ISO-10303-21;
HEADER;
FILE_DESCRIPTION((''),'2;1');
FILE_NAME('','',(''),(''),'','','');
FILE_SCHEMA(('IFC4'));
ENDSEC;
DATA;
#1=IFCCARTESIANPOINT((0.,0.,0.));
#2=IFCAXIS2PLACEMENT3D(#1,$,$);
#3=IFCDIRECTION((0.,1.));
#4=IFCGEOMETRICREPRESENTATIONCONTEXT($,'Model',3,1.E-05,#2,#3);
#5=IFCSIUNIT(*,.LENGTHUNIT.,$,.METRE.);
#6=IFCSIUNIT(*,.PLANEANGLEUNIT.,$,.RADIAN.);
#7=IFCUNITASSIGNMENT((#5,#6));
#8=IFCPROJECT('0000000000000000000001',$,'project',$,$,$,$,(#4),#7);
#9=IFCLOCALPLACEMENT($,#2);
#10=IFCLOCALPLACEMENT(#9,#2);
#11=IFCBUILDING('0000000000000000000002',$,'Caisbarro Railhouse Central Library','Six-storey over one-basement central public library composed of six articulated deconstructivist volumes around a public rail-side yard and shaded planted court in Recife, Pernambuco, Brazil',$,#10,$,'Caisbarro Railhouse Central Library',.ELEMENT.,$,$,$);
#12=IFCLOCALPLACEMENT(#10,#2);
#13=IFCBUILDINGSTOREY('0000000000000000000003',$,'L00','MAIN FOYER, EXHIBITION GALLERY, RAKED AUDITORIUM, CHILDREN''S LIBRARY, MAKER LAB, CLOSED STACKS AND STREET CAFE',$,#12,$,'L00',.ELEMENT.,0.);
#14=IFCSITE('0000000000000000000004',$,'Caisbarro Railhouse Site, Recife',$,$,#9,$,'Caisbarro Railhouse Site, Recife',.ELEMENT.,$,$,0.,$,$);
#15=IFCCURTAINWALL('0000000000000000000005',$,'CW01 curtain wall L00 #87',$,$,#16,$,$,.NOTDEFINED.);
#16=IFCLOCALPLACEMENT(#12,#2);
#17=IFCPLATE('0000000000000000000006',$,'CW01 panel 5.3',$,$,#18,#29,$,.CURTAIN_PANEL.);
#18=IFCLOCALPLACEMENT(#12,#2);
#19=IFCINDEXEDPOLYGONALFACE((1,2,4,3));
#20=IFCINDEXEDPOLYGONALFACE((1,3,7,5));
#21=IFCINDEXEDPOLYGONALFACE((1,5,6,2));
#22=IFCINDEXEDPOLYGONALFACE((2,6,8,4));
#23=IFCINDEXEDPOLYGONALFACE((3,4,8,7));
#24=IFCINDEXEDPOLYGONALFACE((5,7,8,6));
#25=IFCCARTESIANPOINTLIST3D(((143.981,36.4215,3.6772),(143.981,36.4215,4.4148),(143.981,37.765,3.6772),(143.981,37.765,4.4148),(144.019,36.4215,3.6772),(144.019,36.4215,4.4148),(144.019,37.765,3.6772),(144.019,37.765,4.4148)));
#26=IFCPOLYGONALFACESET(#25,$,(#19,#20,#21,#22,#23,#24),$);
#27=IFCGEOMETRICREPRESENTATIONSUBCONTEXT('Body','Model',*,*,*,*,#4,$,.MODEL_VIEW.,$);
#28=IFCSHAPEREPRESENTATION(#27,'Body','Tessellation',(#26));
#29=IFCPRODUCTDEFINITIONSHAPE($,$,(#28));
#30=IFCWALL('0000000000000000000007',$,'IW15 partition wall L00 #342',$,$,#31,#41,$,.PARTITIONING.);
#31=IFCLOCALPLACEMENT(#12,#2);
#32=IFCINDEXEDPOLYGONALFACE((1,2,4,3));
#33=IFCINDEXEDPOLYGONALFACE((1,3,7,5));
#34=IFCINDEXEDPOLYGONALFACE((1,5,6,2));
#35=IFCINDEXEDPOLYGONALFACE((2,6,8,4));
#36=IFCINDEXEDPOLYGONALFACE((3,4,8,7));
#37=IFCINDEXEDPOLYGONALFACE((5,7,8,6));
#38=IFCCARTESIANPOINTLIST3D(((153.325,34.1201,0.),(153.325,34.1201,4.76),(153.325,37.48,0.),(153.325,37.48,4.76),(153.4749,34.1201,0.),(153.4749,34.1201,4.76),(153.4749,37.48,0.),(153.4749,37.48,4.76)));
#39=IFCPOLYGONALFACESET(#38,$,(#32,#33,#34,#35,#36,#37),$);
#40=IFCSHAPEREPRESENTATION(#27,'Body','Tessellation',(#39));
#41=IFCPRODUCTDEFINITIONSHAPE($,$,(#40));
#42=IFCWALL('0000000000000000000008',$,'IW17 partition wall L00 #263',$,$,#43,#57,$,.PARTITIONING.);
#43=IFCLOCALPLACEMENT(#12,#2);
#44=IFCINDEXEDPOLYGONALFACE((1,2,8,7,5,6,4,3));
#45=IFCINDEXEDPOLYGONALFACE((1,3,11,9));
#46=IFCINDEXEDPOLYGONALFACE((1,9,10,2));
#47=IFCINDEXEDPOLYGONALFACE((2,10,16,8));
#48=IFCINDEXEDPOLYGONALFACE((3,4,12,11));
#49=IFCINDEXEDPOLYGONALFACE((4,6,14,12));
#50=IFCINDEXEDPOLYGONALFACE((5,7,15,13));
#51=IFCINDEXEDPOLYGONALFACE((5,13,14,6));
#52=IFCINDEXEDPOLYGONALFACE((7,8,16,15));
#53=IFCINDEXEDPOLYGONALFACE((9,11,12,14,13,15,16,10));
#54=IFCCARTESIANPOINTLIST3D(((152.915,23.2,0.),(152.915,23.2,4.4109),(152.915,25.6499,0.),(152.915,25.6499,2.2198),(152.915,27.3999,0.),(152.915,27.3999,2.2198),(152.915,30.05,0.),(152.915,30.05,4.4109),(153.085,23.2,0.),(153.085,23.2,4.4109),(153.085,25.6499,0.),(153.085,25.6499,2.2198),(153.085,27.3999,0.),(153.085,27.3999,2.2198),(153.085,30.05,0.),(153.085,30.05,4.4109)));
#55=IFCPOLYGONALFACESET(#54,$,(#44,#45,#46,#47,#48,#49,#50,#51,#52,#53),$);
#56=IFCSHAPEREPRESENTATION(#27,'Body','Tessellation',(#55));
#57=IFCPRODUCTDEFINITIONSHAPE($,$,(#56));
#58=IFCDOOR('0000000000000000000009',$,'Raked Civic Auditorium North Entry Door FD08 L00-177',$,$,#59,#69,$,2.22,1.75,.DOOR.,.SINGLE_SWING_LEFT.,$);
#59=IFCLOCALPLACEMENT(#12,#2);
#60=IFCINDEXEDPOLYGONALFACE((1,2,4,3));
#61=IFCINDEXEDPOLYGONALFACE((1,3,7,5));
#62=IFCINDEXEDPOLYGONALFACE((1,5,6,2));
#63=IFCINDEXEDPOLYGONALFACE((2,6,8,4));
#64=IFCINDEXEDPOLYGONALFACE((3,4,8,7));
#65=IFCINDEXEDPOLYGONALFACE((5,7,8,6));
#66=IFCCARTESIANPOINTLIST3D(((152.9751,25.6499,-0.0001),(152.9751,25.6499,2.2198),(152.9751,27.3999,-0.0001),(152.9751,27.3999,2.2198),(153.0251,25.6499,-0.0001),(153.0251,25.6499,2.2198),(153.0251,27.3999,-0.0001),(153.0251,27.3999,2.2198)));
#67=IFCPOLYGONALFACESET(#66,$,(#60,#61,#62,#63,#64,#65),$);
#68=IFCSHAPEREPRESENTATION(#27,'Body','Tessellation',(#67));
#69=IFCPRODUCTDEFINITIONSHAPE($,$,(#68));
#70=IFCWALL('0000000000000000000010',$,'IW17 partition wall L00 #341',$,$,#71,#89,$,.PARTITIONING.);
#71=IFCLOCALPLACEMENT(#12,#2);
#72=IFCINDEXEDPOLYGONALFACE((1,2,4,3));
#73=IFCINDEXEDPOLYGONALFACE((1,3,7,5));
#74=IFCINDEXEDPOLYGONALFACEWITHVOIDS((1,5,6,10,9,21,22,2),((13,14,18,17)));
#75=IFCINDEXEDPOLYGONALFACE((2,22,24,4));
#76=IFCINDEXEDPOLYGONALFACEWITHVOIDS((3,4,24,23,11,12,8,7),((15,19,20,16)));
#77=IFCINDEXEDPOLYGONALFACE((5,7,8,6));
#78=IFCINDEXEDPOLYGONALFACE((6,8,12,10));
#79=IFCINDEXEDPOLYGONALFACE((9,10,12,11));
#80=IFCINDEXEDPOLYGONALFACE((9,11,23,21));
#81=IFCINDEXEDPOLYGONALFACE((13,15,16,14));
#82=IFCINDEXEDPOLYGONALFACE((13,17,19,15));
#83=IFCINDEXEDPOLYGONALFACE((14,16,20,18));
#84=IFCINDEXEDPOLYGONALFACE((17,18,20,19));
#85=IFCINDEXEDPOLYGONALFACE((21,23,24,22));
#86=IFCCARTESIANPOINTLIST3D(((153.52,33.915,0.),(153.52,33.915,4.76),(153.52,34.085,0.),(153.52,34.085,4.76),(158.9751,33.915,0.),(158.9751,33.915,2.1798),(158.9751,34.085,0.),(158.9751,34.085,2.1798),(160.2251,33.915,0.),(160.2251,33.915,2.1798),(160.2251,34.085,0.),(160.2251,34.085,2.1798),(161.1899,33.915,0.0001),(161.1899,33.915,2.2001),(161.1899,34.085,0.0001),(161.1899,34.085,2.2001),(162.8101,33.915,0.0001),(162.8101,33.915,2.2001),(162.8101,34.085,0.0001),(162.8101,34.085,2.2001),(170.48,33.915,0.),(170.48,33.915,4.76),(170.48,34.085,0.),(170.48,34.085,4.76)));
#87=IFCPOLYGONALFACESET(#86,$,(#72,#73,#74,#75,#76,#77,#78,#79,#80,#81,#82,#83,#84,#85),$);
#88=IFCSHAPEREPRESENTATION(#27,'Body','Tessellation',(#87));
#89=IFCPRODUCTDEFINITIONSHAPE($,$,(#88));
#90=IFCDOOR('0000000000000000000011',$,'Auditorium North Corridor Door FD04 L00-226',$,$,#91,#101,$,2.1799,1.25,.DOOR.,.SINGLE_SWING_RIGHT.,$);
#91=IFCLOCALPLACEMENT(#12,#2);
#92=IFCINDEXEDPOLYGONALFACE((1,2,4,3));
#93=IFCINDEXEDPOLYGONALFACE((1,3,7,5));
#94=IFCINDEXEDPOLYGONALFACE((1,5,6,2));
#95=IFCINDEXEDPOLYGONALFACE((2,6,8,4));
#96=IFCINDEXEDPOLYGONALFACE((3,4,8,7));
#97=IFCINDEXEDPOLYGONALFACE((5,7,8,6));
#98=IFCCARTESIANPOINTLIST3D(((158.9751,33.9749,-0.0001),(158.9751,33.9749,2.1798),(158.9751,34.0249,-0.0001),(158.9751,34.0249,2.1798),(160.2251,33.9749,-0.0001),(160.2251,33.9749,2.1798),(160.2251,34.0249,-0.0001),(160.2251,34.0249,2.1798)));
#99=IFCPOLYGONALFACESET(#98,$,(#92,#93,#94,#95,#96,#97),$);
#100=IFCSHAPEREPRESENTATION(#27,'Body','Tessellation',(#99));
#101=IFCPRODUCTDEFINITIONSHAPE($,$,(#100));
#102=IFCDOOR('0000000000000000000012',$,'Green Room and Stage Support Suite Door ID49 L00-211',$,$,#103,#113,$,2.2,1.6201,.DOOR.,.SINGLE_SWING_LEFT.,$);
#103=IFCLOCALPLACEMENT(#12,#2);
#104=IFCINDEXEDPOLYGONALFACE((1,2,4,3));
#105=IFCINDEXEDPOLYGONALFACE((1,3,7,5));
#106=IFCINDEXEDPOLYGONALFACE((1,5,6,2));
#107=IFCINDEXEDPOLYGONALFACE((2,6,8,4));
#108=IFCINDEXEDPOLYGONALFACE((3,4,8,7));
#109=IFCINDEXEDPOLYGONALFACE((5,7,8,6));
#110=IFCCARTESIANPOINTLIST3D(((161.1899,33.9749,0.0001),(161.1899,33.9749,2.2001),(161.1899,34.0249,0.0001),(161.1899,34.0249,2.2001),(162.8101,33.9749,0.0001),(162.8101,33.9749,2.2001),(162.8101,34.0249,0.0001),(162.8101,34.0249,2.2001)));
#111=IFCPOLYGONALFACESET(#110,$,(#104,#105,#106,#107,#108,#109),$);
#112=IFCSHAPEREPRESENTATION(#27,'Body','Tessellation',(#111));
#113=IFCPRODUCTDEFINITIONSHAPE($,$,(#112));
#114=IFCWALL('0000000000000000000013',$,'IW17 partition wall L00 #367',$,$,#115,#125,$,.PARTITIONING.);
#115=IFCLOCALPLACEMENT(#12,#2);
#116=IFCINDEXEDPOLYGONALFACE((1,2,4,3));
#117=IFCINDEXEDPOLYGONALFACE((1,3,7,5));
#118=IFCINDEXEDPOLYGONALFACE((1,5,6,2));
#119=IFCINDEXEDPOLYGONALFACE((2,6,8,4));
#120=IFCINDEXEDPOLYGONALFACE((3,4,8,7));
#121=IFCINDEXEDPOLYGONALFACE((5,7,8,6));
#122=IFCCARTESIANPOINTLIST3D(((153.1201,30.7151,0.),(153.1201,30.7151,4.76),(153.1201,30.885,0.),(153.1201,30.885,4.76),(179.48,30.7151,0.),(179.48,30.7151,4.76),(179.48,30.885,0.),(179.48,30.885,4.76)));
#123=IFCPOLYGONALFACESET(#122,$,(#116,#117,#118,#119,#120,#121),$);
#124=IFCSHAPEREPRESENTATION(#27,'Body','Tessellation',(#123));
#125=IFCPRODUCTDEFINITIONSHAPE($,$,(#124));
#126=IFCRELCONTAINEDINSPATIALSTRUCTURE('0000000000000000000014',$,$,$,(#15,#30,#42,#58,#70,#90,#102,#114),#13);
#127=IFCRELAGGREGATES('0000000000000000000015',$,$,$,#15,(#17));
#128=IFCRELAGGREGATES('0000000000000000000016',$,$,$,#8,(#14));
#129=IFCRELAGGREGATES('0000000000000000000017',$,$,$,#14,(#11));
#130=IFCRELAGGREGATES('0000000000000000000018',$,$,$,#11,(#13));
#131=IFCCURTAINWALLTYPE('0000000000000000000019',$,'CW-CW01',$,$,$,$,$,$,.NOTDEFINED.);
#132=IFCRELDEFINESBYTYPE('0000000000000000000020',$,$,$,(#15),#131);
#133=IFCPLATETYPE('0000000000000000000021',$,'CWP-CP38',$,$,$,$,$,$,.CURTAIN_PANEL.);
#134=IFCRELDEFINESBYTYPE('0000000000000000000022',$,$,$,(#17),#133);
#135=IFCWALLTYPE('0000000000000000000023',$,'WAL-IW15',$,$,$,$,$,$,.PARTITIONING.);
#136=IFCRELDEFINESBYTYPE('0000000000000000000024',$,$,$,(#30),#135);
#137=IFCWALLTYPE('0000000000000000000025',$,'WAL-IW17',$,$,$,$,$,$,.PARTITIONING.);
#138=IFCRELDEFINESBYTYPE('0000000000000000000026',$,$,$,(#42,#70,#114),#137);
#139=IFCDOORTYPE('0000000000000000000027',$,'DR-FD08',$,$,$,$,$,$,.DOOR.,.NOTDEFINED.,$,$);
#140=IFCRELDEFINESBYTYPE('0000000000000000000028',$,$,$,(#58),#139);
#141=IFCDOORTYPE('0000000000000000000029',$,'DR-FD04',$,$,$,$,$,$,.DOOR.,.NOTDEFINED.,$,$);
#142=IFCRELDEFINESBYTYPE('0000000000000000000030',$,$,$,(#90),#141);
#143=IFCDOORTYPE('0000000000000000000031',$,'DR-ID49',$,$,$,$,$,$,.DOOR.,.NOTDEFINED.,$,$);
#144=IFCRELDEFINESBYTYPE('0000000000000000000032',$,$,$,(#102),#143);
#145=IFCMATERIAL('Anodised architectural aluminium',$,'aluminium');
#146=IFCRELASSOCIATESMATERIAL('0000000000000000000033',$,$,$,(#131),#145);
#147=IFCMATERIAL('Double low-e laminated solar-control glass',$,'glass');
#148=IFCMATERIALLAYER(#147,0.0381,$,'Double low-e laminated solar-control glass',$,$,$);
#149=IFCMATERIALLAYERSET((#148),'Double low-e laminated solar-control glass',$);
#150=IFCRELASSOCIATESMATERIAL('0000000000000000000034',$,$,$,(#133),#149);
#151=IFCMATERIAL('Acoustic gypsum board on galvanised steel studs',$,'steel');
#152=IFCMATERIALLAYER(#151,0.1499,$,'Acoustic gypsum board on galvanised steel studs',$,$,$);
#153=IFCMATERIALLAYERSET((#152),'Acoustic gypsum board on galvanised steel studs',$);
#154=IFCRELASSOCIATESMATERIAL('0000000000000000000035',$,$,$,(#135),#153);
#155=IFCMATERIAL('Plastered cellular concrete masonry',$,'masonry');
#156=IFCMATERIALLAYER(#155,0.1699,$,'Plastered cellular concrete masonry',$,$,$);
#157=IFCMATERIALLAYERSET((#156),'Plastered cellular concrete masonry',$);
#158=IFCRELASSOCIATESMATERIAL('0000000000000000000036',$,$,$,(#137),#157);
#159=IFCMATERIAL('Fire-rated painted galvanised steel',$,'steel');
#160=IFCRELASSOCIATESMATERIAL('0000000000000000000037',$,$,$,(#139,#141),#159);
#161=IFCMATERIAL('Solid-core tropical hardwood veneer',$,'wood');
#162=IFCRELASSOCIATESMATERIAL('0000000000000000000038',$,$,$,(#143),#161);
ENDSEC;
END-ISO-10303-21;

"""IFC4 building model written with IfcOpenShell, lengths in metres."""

from ifc_helpers import new_model, si_unit, direction, frame, frame_2d, origin, origin_2d, place, context, subcontext, project, spatial, rectangle, extrude, material, layer, layer_set, type_object, element, fill, aggregate, save


model = new_model("IFC4")

# Units and contexts
model_context = context("Model", 3, precision=1e-05, world=origin(), true_north=direction((0.0, 1.0)))
body_context = subcontext(model_context, "Body", "Model", "MODEL_VIEW")
ifc_project = project(units=[si_unit("LENGTHUNIT", "METRE"), si_unit("PLANEANGLEUNIT", "RADIAN")], contexts=[model_context])

# Site, building, storey
site_placement = place(None, origin())
site = spatial("IfcSite", under=ifc_project, at=site_placement, Name="Caisbarro Railhouse Site, Recife", LongName="Caisbarro Railhouse Site, Recife", CompositionType="ELEMENT", RefElevation=0.0)
building_placement = place(site_placement, origin())
building = spatial("IfcBuilding", under=site, at=building_placement, Name="Caisbarro Railhouse Central Library", Description="Six-storey over one-basement central public library composed of six articulated deconstructivist volumes around a public rail-side yard and shaded planted court in Recife, Pernambuco, Brazil", LongName="Caisbarro Railhouse Central Library", CompositionType="ELEMENT")
storey_placement = place(building_placement, origin())
storey = spatial("IfcBuildingStorey", under=building, at=storey_placement, Name="L00", Description="MAIN FOYER, EXHIBITION GALLERY, RAKED AUDITORIUM, CHILDREN'S LIBRARY, MAKER LAB, CLOSED STACKS AND STREET CAFE", LongName="L00", CompositionType="ELEMENT", Elevation=0.0)

# Curtain wall, plate
ifc_material_1 = material(Name="Anodised architectural aluminium", Category="aluminium")
curtain_wall_type = type_object("IfcCurtainWallType", Name="CW-CW01", PredefinedType="NOTDEFINED", material=ifc_material_1)
curtain_wall_placement = place(storey_placement, origin())
curtain_wall = element("IfcCurtainWall", 1, at=curtain_wall_placement, inside=storey, type_object=curtain_wall_type, Name="CW01 curtain wall L00 #87", PredefinedType="NOTDEFINED")
ifc_material_2 = material(Name="Double low-e laminated solar-control glass", Category="glass")
ifc_layer_1 = layer(ifc_material_2, 0.0381, Name="Double low-e laminated solar-control glass")
ifc_layer_set_1 = layer_set([ifc_layer_1], Name="Double low-e laminated solar-control glass")
plate_type = type_object("IfcPlateType", Name="CWP-CP38", PredefinedType="CURTAIN_PANEL", material=ifc_layer_set_1)
plate_1_placement = place(storey_placement, frame((144.0, 37.0933, 3.6772), z_axis=(0.0, 0.0, 1.0), x_axis=(0.0, 1.0, 0.0)))
plate_1 = element("IfcPlate", 2, at=plate_1_placement, type_object=plate_type, Name="CW01 panel 5.3", PredefinedType="CURTAIN_PANEL", context=body_context, shape_type="SweptSolid", body=[
    extrude(rectangle(XDim=1.3435, YDim=0.0381, at=origin_2d()), origin(), (0.0, 0.0, 1.0), 0.7375),
])
aggregate(curtain_wall, [plate_1])

# Wall
ifc_material_3 = material(Name="Acoustic gypsum board on galvanised steel studs", Category="steel")
ifc_layer_2 = layer(ifc_material_3, 0.1499, Name="Acoustic gypsum board on galvanised steel studs")
ifc_layer_set_2 = layer_set([ifc_layer_2], Name="Acoustic gypsum board on galvanised steel studs")
wall_type_1 = type_object("IfcWallType", Name="WAL-IW15", PredefinedType="PARTITIONING", material=ifc_layer_set_2)
wall_1_placement = place(storey_placement, frame((153.3999, 34.1201, 0.0), z_axis=(0.0, 0.0, 1.0), x_axis=(0.0, 1.0, 0.0)))
element("IfcWall", 3, at=wall_1_placement, inside=storey, type_object=wall_type_1, Name="IW15 partition wall L00 #342", PredefinedType="PARTITIONING", context=body_context, shape_type="SweptSolid", body=[
    extrude(rectangle(XDim=3.3599, YDim=0.1499, at=frame_2d((1.6799, 0.0))), origin(), (0.0, 0.0, 1.0), 4.76),
])

# Wall, opening, door
ifc_material_4 = material(Name="Plastered cellular concrete masonry", Category="masonry")
ifc_layer_3 = layer(ifc_material_4, 0.1699, Name="Plastered cellular concrete masonry")
ifc_layer_set_3 = layer_set([ifc_layer_3], Name="Plastered cellular concrete masonry")
wall_type_2 = type_object("IfcWallType", Name="WAL-IW17", PredefinedType="PARTITIONING", material=ifc_layer_set_3)
ifc_material_5 = material(Name="Fire-rated painted galvanised steel", Category="steel")
wall_2_placement = place(storey_placement, frame((153.0, 23.2, 0.0), z_axis=(0.0, 0.0, 1.0), x_axis=(0.0, 1.0, 0.0)))
wall_2 = element("IfcWall", 4, at=wall_2_placement, inside=storey, type_object=wall_type_2, Name="IW17 partition wall L00 #263", PredefinedType="PARTITIONING", context=body_context, shape_type="SweptSolid", body=[
    extrude(rectangle(XDim=6.8501, YDim=0.1699, at=frame_2d((3.425, 0.0))), origin(), (0.0, 0.0, 1.0), 4.4109),
])
opening_1_placement = place(wall_2_placement, frame((2.45, 0.0, 0.0)))
opening_1 = element("IfcOpeningElement", 5, at=opening_1_placement, cuts=wall_2, PredefinedType="OPENING", context=body_context, shape_type="SweptSolid", body=[
    extrude(rectangle(XDim=1.75, YDim=2.22, at=frame_2d((0.875, 1.1099))), frame((0.0, 0.095, 0.0), z_axis=(0.0, -1.0, 0.0), x_axis=(1.0, 0.0, 0.0)), (0.0, 0.0, 1.0), 0.1899),
])
door_type_1 = type_object("IfcDoorType", Name="DR-FD08", OperationType="NOTDEFINED", PredefinedType="DOOR", material=ifc_material_5)
door_1_placement = place(opening_1_placement, origin())
door_1 = element("IfcDoor", 6, at=door_1_placement, inside=storey, type_object=door_type_1, Name="Raked Civic Auditorium North Entry Door FD08 L00-177", OperationType="SINGLE_SWING_LEFT", OverallHeight=2.22, OverallWidth=1.75, PredefinedType="DOOR", context=body_context, shape_type="SweptSolid", body=[
    extrude(rectangle(XDim=1.75, YDim=2.22, at=frame_2d((0.875, 1.1099))), frame((0.0, 0.0249, 0.0), z_axis=(0.0, -1.0, 0.0), x_axis=(1.0, 0.0, 0.0)), (0.0, 0.0, 1.0), 0.05),
])
fill(opening_1, door_1)

# Wall, openings, doors
wall_3_placement = place(storey_placement, frame((153.52, 34.0, 0.0), z_axis=(0.0, 0.0, 1.0), x_axis=(1.0, 0.0, 0.0)))
wall_3 = element("IfcWall", 7, at=wall_3_placement, inside=storey, type_object=wall_type_2, Name="IW17 partition wall L00 #341", PredefinedType="PARTITIONING", context=body_context, shape_type="SweptSolid", body=[
    extrude(rectangle(XDim=16.96, YDim=0.1699, at=frame_2d((8.48, 0.0))), origin(), (0.0, 0.0, 1.0), 4.76),
])
opening_2_placement = place(wall_3_placement, frame((7.6699, 0.0, 0.0)))
opening_2 = element("IfcOpeningElement", 8, at=opening_2_placement, cuts=wall_3, PredefinedType="OPENING", context=body_context, shape_type="SweptSolid", body=[
    extrude(rectangle(XDim=1.6201, YDim=2.2, at=frame_2d((0.8101, 1.1001))), frame((0.0, 0.095, 0.0), z_axis=(0.0, -1.0, 0.0), x_axis=(1.0, 0.0, 0.0)), (0.0, 0.0, 1.0), 0.1899),
])
opening_3_placement = place(wall_3_placement, frame((5.4551, 0.0, 0.0)))
opening_3 = element("IfcOpeningElement", 9, at=opening_3_placement, cuts=wall_3, PredefinedType="OPENING", context=body_context, shape_type="SweptSolid", body=[
    extrude(rectangle(XDim=1.25, YDim=2.1799, at=frame_2d((0.625, 1.0898))), frame((0.0, 0.095, 0.0), z_axis=(0.0, -1.0, 0.0), x_axis=(1.0, 0.0, 0.0)), (0.0, 0.0, 1.0), 0.1899),
])
door_type_2 = type_object("IfcDoorType", Name="DR-FD04", OperationType="NOTDEFINED", PredefinedType="DOOR", material=ifc_material_5)
door_2_placement = place(opening_3_placement, origin())
door_2 = element("IfcDoor", 10, at=door_2_placement, inside=storey, type_object=door_type_2, Name="Auditorium North Corridor Door FD04 L00-226", OperationType="SINGLE_SWING_RIGHT", OverallHeight=2.1799, OverallWidth=1.25, PredefinedType="DOOR", context=body_context, shape_type="SweptSolid", body=[
    extrude(rectangle(XDim=1.25, YDim=2.1799, at=frame_2d((0.625, 1.0898))), frame((0.0, 0.0249, 0.0), z_axis=(0.0, -1.0, 0.0), x_axis=(1.0, 0.0, 0.0)), (0.0, 0.0, 1.0), 0.05),
])
fill(opening_3, door_2)
ifc_material_6 = material(Name="Solid-core tropical hardwood veneer", Category="wood")
door_type_3 = type_object("IfcDoorType", Name="DR-ID49", OperationType="NOTDEFINED", PredefinedType="DOOR", material=ifc_material_6)
door_3_placement = place(opening_2_placement, origin())
door_3 = element("IfcDoor", 11, at=door_3_placement, inside=storey, type_object=door_type_3, Name="Green Room and Stage Support Suite Door ID49 L00-211", OperationType="SINGLE_SWING_LEFT", OverallHeight=2.2, OverallWidth=1.6201, PredefinedType="DOOR", context=body_context, shape_type="SweptSolid", body=[
    extrude(rectangle(XDim=1.6201, YDim=2.2, at=frame_2d((0.8101, 1.1001))), frame((0.0, 0.0249, 0.0), z_axis=(0.0, -1.0, 0.0), x_axis=(1.0, 0.0, 0.0)), (0.0, 0.0, 1.0), 0.05),
])
fill(opening_2, door_3)

# Wall
wall_4_placement = place(storey_placement, frame((153.1201, 30.8, 0.0), z_axis=(0.0, 0.0, 1.0), x_axis=(1.0, 0.0, 0.0)))
element("IfcWall", 12, at=wall_4_placement, inside=storey, type_object=wall_type_2, Name="IW17 partition wall L00 #367", PredefinedType="PARTITIONING", context=body_context, shape_type="SweptSolid", body=[
    extrude(rectangle(XDim=26.3599, YDim=0.1699, at=frame_2d((13.1799, 0.0))), origin(), (0.0, 0.0, 1.0), 4.76),
])

save(model, "model.ifc")
